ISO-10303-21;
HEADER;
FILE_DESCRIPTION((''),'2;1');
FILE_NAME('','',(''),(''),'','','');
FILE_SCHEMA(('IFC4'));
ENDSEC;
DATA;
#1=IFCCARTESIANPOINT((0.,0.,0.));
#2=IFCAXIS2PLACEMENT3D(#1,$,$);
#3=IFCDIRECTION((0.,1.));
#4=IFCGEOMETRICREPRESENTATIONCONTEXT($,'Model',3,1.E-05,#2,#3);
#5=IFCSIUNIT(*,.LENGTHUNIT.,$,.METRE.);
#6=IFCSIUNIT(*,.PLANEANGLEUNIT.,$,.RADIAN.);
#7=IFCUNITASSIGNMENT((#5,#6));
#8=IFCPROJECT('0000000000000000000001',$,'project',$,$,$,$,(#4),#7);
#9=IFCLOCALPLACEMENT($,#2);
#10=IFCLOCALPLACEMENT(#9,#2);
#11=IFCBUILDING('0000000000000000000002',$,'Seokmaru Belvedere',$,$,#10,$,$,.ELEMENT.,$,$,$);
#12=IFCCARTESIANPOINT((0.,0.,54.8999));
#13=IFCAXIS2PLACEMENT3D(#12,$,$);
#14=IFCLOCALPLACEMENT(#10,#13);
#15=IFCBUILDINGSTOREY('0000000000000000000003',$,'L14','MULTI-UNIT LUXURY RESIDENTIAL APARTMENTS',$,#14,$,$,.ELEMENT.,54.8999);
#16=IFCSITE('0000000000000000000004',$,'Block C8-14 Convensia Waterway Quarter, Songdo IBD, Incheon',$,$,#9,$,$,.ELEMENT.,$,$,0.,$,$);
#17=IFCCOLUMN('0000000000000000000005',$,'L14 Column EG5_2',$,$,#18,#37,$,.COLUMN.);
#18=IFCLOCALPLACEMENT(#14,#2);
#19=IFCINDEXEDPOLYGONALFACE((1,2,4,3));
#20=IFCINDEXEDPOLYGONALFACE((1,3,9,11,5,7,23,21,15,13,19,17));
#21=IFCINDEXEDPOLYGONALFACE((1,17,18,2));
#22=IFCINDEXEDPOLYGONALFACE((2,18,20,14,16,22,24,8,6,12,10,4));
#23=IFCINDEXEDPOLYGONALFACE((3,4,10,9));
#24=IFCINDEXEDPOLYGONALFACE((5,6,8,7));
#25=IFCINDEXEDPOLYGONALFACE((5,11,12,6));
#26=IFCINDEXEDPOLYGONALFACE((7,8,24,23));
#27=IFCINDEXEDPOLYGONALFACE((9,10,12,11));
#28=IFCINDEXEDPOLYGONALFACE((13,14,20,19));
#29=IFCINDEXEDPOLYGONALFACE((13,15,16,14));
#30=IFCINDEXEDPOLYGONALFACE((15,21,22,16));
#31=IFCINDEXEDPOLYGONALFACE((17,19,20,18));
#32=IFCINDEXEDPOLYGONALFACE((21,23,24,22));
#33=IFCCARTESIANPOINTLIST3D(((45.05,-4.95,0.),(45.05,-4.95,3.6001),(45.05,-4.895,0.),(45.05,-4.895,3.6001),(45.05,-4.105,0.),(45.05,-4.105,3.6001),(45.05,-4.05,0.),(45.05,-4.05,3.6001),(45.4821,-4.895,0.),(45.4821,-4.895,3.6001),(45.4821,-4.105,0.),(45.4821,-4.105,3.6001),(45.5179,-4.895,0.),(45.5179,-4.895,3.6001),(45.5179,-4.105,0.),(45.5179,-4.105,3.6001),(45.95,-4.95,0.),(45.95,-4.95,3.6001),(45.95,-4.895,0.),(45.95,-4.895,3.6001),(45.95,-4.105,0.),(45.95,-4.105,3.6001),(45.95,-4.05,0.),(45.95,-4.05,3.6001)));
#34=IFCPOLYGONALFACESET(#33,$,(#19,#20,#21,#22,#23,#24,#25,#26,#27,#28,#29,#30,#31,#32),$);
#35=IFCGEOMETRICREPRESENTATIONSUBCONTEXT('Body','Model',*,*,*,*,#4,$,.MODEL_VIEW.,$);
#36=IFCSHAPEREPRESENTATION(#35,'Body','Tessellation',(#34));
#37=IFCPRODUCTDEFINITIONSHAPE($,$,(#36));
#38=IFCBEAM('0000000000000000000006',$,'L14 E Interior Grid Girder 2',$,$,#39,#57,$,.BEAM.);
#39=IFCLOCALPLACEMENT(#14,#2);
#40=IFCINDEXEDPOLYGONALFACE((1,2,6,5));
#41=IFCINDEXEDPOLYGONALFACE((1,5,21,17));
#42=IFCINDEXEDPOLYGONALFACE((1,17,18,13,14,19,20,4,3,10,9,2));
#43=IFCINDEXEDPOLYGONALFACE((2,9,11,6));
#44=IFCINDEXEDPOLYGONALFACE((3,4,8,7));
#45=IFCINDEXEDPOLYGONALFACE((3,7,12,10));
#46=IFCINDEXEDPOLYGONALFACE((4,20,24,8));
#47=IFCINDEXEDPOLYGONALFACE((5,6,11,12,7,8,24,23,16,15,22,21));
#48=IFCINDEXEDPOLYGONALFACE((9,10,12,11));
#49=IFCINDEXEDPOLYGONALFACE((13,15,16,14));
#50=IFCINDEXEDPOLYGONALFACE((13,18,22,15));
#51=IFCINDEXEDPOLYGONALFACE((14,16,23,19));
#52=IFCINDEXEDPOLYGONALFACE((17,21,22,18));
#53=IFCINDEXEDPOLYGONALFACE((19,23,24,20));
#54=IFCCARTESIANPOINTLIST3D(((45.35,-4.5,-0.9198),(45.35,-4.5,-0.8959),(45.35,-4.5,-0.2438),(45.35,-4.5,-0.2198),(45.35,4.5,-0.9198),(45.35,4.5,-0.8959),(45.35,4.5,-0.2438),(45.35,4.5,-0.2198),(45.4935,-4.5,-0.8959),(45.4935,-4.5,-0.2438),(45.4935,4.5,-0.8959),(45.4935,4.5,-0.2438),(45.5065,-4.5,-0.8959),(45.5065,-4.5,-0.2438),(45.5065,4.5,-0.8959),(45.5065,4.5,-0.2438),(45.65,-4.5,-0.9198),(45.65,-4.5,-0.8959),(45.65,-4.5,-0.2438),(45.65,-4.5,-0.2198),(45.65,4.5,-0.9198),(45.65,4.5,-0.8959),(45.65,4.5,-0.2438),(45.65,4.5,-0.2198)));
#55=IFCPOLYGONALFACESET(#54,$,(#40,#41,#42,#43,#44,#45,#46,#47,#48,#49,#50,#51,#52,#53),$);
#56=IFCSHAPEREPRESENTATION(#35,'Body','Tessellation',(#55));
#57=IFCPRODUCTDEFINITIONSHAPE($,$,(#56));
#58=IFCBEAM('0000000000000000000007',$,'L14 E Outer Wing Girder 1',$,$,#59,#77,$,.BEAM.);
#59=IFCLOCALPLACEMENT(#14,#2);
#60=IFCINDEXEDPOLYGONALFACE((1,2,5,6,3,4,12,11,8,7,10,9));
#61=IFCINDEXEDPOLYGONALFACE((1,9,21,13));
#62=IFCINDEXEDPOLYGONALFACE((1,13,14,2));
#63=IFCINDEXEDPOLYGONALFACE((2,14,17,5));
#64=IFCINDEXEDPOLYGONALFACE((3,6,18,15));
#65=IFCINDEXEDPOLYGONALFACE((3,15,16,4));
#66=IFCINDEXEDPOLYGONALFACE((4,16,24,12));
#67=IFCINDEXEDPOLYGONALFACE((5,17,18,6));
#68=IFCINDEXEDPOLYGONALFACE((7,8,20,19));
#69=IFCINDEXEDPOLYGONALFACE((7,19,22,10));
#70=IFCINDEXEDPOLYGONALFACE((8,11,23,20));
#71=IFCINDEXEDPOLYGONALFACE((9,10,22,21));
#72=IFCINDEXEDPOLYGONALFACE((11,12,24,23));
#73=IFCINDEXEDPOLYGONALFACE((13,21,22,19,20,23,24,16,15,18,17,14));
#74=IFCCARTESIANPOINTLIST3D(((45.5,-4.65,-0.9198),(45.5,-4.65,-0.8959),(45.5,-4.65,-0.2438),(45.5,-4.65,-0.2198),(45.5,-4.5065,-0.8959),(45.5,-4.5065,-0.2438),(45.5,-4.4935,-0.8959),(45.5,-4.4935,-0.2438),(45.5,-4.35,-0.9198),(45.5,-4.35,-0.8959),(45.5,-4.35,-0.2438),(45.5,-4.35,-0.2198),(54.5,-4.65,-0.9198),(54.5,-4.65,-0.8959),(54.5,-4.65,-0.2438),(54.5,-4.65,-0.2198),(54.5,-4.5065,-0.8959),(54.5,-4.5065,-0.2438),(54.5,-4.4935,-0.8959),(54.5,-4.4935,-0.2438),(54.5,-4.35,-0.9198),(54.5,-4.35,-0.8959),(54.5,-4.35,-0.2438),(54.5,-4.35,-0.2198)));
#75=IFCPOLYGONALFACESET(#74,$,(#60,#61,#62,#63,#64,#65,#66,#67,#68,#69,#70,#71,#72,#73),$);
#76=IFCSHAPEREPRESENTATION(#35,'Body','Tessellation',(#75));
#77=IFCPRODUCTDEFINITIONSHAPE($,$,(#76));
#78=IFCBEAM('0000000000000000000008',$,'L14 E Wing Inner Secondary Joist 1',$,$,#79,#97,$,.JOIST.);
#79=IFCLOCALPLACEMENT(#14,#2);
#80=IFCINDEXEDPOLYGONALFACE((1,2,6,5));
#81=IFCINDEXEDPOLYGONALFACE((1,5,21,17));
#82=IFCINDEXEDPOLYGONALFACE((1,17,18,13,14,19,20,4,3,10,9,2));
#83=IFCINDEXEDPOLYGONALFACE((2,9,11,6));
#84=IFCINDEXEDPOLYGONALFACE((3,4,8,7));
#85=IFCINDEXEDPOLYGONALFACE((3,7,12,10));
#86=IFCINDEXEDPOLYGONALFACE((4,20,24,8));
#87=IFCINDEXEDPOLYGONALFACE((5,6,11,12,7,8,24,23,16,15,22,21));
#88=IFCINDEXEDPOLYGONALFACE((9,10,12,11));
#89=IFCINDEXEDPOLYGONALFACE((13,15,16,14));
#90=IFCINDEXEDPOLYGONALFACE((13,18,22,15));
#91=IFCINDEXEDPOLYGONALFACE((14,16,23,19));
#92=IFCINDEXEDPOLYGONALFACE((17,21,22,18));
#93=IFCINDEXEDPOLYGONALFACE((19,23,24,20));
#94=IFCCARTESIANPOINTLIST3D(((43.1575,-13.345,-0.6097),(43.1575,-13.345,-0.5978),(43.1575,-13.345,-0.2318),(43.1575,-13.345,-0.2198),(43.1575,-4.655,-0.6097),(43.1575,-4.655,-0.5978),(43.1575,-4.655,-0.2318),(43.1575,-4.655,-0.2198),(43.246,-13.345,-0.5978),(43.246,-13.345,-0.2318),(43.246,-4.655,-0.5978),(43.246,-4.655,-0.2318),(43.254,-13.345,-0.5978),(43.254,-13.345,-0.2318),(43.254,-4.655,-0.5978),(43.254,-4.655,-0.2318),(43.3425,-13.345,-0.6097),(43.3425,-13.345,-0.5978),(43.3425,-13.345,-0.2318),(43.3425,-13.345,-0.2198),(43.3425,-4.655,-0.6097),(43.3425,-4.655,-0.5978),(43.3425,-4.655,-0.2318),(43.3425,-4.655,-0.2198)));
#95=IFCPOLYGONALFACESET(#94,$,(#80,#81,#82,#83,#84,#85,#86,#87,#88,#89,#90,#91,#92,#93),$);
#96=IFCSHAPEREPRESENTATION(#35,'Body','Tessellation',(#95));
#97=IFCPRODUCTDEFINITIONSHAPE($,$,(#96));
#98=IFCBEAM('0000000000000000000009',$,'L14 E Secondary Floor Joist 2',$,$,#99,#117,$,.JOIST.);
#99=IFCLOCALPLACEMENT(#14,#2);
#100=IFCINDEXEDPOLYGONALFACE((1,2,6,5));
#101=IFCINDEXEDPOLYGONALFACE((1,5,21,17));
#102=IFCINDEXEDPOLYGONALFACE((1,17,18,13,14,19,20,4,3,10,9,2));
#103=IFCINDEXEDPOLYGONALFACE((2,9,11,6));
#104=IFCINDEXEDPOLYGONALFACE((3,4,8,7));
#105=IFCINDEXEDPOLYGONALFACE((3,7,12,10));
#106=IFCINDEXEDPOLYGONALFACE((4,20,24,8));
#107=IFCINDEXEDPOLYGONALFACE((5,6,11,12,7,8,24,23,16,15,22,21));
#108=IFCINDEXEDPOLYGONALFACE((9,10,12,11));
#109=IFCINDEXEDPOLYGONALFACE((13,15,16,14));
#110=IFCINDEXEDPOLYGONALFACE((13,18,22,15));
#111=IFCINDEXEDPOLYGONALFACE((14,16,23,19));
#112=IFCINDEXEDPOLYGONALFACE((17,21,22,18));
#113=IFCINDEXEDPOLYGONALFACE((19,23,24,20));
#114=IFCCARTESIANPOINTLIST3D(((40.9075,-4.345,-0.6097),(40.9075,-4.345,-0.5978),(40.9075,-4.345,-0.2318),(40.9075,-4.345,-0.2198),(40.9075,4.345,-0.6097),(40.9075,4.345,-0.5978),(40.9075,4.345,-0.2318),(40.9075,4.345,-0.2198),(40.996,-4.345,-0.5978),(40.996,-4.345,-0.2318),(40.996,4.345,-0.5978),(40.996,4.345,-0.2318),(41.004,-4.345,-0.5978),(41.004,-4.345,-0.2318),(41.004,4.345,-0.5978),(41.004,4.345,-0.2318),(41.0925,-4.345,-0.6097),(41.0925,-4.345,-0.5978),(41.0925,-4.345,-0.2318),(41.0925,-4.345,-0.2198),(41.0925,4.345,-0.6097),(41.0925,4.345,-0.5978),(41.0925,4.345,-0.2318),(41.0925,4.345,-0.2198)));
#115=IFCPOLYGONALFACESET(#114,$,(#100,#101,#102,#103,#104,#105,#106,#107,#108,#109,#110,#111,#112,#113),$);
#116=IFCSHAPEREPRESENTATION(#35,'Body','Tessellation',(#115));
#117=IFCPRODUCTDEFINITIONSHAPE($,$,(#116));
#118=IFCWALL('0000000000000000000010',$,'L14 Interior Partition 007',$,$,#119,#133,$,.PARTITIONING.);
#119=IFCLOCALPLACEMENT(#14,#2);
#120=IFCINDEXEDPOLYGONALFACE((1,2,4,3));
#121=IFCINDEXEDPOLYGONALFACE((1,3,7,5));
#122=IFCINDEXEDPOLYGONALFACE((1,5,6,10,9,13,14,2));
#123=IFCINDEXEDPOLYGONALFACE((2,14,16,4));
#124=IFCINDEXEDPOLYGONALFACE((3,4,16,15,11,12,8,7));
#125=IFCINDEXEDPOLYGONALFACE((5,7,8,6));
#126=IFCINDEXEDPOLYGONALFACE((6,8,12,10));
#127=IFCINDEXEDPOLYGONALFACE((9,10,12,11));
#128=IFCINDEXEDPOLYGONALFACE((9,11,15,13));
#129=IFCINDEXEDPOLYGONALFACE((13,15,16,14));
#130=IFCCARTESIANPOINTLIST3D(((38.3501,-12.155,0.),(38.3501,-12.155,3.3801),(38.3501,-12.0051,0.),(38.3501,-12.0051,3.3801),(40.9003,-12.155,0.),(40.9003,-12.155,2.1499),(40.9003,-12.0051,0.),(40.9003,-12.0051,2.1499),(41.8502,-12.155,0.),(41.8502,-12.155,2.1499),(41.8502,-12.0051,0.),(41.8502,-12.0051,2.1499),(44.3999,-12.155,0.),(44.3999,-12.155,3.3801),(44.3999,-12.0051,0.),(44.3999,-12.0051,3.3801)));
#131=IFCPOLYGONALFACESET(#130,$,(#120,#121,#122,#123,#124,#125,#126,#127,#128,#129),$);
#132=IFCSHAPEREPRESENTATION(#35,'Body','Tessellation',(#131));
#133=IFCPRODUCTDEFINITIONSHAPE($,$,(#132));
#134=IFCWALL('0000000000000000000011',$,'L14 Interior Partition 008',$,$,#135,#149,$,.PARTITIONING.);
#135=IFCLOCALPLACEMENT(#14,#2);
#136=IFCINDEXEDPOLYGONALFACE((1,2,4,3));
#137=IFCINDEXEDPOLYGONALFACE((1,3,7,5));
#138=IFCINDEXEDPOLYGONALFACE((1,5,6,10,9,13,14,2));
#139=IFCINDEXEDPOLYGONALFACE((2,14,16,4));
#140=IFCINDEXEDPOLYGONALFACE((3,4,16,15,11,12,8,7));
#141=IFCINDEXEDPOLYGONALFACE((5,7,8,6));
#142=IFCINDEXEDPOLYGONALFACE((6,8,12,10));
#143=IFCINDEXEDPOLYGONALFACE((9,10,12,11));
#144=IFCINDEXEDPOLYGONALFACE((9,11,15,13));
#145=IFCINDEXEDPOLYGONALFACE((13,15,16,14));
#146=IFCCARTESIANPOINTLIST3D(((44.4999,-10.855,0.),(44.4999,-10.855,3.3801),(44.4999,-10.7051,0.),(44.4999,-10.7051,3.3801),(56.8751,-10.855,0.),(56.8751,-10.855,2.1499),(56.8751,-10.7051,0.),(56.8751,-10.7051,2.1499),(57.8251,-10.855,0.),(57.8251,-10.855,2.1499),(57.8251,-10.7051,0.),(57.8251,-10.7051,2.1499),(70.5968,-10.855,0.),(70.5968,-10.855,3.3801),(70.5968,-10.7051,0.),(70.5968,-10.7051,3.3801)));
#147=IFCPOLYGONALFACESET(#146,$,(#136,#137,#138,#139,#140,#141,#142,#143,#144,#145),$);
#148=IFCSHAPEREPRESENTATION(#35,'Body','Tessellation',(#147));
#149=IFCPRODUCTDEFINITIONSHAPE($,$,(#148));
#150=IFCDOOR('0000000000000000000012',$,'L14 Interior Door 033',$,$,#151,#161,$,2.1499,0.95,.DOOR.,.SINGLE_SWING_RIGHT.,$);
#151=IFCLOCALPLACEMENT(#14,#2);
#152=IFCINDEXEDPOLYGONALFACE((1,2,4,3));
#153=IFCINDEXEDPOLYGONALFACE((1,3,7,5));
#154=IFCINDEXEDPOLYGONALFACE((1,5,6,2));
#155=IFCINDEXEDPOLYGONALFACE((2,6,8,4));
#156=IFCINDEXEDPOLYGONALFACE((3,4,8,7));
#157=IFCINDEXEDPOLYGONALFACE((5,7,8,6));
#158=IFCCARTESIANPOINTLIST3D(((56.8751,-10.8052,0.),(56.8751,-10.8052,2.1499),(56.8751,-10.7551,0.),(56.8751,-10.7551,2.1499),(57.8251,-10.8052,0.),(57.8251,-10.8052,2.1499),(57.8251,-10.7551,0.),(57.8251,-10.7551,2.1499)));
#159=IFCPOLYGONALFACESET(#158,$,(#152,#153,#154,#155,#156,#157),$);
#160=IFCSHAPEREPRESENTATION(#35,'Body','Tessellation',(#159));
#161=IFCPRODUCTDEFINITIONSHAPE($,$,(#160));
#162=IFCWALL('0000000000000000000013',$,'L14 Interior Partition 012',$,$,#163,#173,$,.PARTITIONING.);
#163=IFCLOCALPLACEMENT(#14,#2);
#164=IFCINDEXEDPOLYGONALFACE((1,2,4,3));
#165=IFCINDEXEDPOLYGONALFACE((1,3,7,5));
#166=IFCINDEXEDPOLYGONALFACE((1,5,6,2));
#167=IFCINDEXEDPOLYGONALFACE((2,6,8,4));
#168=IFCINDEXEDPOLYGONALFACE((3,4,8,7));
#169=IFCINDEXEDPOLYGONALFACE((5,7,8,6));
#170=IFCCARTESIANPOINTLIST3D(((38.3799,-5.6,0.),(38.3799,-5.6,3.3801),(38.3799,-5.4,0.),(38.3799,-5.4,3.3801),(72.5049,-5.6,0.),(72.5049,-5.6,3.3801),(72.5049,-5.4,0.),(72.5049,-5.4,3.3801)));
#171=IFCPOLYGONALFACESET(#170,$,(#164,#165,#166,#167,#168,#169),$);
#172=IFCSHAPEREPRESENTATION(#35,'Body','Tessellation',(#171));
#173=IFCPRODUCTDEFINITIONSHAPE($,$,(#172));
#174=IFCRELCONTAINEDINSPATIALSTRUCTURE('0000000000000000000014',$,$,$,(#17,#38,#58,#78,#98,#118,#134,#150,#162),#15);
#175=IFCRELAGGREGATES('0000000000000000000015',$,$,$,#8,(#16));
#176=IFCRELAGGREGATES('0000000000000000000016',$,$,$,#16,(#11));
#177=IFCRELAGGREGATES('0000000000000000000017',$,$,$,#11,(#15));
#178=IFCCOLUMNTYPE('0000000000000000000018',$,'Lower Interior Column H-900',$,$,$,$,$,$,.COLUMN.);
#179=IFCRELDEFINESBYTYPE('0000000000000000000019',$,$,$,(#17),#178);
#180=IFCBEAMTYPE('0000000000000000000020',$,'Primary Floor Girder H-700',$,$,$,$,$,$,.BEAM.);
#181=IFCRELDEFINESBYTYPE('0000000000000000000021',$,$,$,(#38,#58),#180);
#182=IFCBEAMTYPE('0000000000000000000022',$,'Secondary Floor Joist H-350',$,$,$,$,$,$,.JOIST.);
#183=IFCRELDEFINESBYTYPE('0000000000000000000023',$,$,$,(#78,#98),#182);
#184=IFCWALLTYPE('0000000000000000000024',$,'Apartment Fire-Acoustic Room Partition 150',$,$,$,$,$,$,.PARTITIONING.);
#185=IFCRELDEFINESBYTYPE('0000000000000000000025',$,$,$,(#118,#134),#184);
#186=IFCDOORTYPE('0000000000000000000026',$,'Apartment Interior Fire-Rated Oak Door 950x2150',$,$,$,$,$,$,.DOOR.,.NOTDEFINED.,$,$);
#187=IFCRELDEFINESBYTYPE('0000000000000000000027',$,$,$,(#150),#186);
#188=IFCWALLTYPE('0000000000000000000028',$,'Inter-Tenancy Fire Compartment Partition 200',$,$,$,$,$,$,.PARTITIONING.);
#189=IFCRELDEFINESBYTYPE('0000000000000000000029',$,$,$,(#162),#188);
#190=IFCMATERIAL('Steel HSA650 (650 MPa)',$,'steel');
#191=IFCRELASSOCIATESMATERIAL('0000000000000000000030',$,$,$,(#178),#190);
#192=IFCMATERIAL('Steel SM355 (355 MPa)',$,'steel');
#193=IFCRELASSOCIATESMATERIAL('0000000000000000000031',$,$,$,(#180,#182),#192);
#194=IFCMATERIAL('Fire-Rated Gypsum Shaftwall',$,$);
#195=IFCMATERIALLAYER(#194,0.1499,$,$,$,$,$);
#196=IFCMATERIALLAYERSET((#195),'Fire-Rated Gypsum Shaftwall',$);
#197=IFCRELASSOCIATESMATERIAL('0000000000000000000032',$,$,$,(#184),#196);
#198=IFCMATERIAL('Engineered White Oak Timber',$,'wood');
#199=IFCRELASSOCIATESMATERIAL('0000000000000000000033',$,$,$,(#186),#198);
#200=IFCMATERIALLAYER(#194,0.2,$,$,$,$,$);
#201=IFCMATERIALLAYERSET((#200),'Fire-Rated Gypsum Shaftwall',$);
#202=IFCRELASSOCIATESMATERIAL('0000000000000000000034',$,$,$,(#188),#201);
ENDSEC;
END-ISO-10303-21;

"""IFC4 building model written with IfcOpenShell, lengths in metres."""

from ifc_helpers import new_model, si_unit, direction, frame, frame_2d, origin, origin_2d, place, context, subcontext, project, spatial, rectangle, i_section, extrude, source, transform, mapped, material, layer, layer_set, material_profile, profile_set, type_object, type_shapes, element, fill, save


model = new_model("IFC4")

# Units and contexts
model_context = context("Model", 3, precision=1e-05, world=origin(), true_north=direction((0.0, 1.0)))
body_context = subcontext(model_context, "Body", "Model", "MODEL_VIEW")
ifc_project = project(units=[si_unit("LENGTHUNIT", "METRE"), si_unit("PLANEANGLEUNIT", "RADIAN")], contexts=[model_context])

# Site, building, storey
site_placement = place(None, origin())
site = spatial("IfcSite", under=ifc_project, at=site_placement, Name="Block C8-14 Convensia Waterway Quarter, Songdo IBD, Incheon", CompositionType="ELEMENT", RefElevation=0.0)
building_placement = place(site_placement, origin())
building = spatial("IfcBuilding", under=site, at=building_placement, Name="Seokmaru Belvedere", CompositionType="ELEMENT")
storey_placement = place(building_placement, frame((0.0, 0.0, 54.8999)))
storey = spatial("IfcBuildingStorey", under=building, at=storey_placement, Name="L14", Description="MULTI-UNIT LUXURY RESIDENTIAL APARTMENTS", CompositionType="ELEMENT", Elevation=54.8999)

# Column
ifc_material_1 = material(Name="Steel HSA650 (650 MPa)", Category="steel")
ifc_material_profile_1 = material_profile(ifc_material_1, i_section(OverallWidth=0.8999, OverallDepth=0.8999, WebThickness=0.0359, FlangeThickness=0.0549, at=origin_2d()), Name="H-900x900x36x55")
ifc_profile_set_1 = profile_set([ifc_material_profile_1], Name="Steel HSA650 (650 MPa)")
column_type = type_object("IfcColumnType", Name="Lower Interior Column H-900", PredefinedType="COLUMN", material=ifc_profile_set_1)
shared_shape_1 = source(origin(), body_context, "Body", "SweptSolid", [
    extrude(i_section(OverallWidth=0.8999, OverallDepth=0.8999, WebThickness=0.0359, FlangeThickness=0.0549, at=origin_2d()), origin(), (0.0, 0.0, 1.0), 3.6001),
])
type_shapes(column_type, [shared_shape_1])
column_placement = place(storey_placement, frame((45.5, -4.5, 0.0), z_axis=(0.0, 0.0, 1.0), x_axis=(1.0, 0.0, 0.0)))
element("IfcColumn", 1, at=column_placement, inside=storey, type_object=column_type, Name="L14 Column EG5_2", PredefinedType="COLUMN", context=body_context, shape_type="MappedRepresentation", body=[
    mapped(shared_shape_1, transform((0.0, 0.0, 0.0), scale=1.0)),
])

# Beams
ifc_material_2 = material(Name="Steel SM355 (355 MPa)", Category="steel")
ifc_material_profile_2 = material_profile(ifc_material_2, i_section(OverallWidth=0.3, OverallDepth=0.7, WebThickness=0.0129, FlangeThickness=0.0239, at=origin_2d()), Name="H-700x300x13x24")
ifc_profile_set_2 = profile_set([ifc_material_profile_2], Name="Steel SM355 (355 MPa)")
beam_type_1 = type_object("IfcBeamType", Name="Primary Floor Girder H-700", PredefinedType="BEAM", material=ifc_profile_set_2)
shared_shape_2 = source(origin(), body_context, "Body", "SweptSolid", [
    extrude(i_section(OverallWidth=0.3, OverallDepth=0.7, WebThickness=0.0129, FlangeThickness=0.0239, at=origin_2d()), origin(), (0.0, 0.0, 1.0), 9.0),
])
type_shapes(beam_type_1, [shared_shape_2])
for number, where, z_axis, x_axis, name in (
    (2, (45.5, -4.5, -0.5698), (0.0, 1.0, 0.0), (-1.0, 0.0, 0.0), "L14 E Interior Grid Girder 2"),
    (3, (45.5, -4.5, -0.5698), (1.0, 0.0, 0.0), (0.0, 1.0, 0.0), "L14 E Outer Wing Girder 1"),
):
    element("IfcBeam", number, at=place(storey_placement, frame(where, z_axis=z_axis, x_axis=x_axis)), inside=storey, type_object=beam_type_1, Name=name, PredefinedType="BEAM", context=body_context, shape_type="MappedRepresentation", body=[
        mapped(shared_shape_2, transform((0.0, 0.0, 0.0), scale=1.0)),
    ])
ifc_material_profile_3 = material_profile(ifc_material_2, i_section(OverallWidth=0.1851, OverallDepth=0.3899, WebThickness=0.0081, FlangeThickness=0.012, at=origin_2d()), Name="H-390x185x8x12")
ifc_profile_set_3 = profile_set([ifc_material_profile_3], Name="Steel SM355 (355 MPa)")
beam_type_2 = type_object("IfcBeamType", Name="Secondary Floor Joist H-350", PredefinedType="JOIST", material=ifc_profile_set_3)
shared_shape_3 = source(origin(), body_context, "Body", "SweptSolid", [
    extrude(i_section(OverallWidth=0.1851, OverallDepth=0.3899, WebThickness=0.0081, FlangeThickness=0.012, at=origin_2d()), origin(), (0.0, 0.0, 1.0), 8.6899),
])
type_shapes(beam_type_2, [shared_shape_3])
for number, where, z_axis, x_axis, name in (
    (4, (43.25, -13.345, -0.4148), (0.0, 1.0, 0.0), (-1.0, 0.0, 0.0), "L14 E Wing Inner Secondary Joist 1"),
    (5, (41.0, -4.345, -0.4148), (0.0, 1.0, 0.0), (-1.0, 0.0, 0.0), "L14 E Secondary Floor Joist 2"),
):
    element("IfcBeam", number, at=place(storey_placement, frame(where, z_axis=z_axis, x_axis=x_axis)), inside=storey, type_object=beam_type_2, Name=name, PredefinedType="JOIST", context=body_context, shape_type="MappedRepresentation", body=[
        mapped(shared_shape_3, transform((0.0, 0.0, 0.0), scale=1.0)),
    ])

# Wall, opening
ifc_material_3 = material(Name="Fire-Rated Gypsum Shaftwall")
ifc_layer_1 = layer(ifc_material_3, 0.1499)
ifc_layer_set_1 = layer_set([ifc_layer_1], Name="Fire-Rated Gypsum Shaftwall")
wall_type_1 = type_object("IfcWallType", Name="Apartment Fire-Acoustic Room Partition 150", PredefinedType="PARTITIONING", material=ifc_layer_set_1)
wall_1_placement = place(storey_placement, frame((38.3501, -12.0801, 0.0), z_axis=(0.0, 0.0, 1.0), x_axis=(1.0, 0.0, 0.0)))
wall_1 = element("IfcWall", 6, at=wall_1_placement, inside=storey, type_object=wall_type_1, Name="L14 Interior Partition 007", PredefinedType="PARTITIONING", context=body_context, shape_type="SweptSolid", body=[
    extrude(rectangle(XDim=6.0498, YDim=0.1499, at=frame_2d((3.0249, 0.0))), origin(), (0.0, 0.0, 1.0), 3.3801),
])
opening_1_placement = place(wall_1_placement, frame((2.55, 0.0, 0.0)))
element("IfcOpeningElement", 7, at=opening_1_placement, cuts=wall_1, PredefinedType="OPENING", context=body_context, shape_type="SweptSolid", body=[
    extrude(rectangle(XDim=0.95, YDim=2.1499, at=frame_2d((0.4751, 1.075))), frame((0.0, 0.085, 0.0), z_axis=(0.0, -1.0, 0.0), x_axis=(1.0, 0.0, 0.0)), (0.0, 0.0, 1.0), 0.1699),
])

# Wall, opening, door
wall_2_placement = place(storey_placement, frame((44.5, -10.78, 0.0), z_axis=(0.0, 0.0, 1.0), x_axis=(1.0, 0.0, 0.0)))
wall_2 = element("IfcWall", 8, at=wall_2_placement, inside=storey, type_object=wall_type_1, Name="L14 Interior Partition 008", PredefinedType="PARTITIONING", context=body_context, shape_type="SweptSolid", body=[
    extrude(rectangle(XDim=26.0969, YDim=0.1499, at=frame_2d((13.0483, 0.0))), origin(), (0.0, 0.0, 1.0), 3.3801),
])
opening_2_placement = place(wall_2_placement, frame((12.375, 0.0, 0.0)))
opening_2 = element("IfcOpeningElement", 9, at=opening_2_placement, cuts=wall_2, PredefinedType="OPENING", context=body_context, shape_type="SweptSolid", body=[
    extrude(rectangle(XDim=0.95, YDim=2.1499, at=frame_2d((0.4751, 1.075))), frame((0.0, 0.085, 0.0), z_axis=(0.0, -1.0, 0.0), x_axis=(1.0, 0.0, 0.0)), (0.0, 0.0, 1.0), 0.1699),
])
ifc_material_4 = material(Name="Engineered White Oak Timber", Category="wood")
door_type_1 = type_object("IfcDoorType", Name="Apartment Interior Fire-Rated Oak Door 950x2150", OperationType="NOTDEFINED", PredefinedType="DOOR", material=ifc_material_4)
shared_shape_4 = source(origin(), body_context, "Body", "SweptSolid", [
    extrude(rectangle(XDim=0.95, YDim=2.1499, at=frame_2d((0.4751, 1.075))), frame((0.0, 0.0249, 0.0), z_axis=(0.0, -1.0, 0.0), x_axis=(1.0, 0.0, 0.0)), (0.0, 0.0, 1.0), 0.05),
])
type_shapes(door_type_1, [shared_shape_4])
door_1_placement = place(opening_2_placement, origin())
door_1 = element("IfcDoor", 10, at=door_1_placement, inside=storey, type_object=door_type_1, Name="L14 Interior Door 033", OperationType="SINGLE_SWING_RIGHT", OverallHeight=2.1499, OverallWidth=0.95, PredefinedType="DOOR", context=body_context, shape_type="MappedRepresentation", body=[
    mapped(shared_shape_4, transform((0.0, 0.0, 0.0), scale=1.0)),
])
fill(opening_2, door_1)

# Wall
ifc_layer_2 = layer(ifc_material_3, 0.2)
ifc_layer_set_2 = layer_set([ifc_layer_2], Name="Fire-Rated Gypsum Shaftwall")
wall_type_2 = type_object("IfcWallType", Name="Inter-Tenancy Fire Compartment Partition 200", PredefinedType="PARTITIONING", material=ifc_layer_set_2)
wall_3_placement = place(storey_placement, frame((38.3799, -5.5, 0.0), z_axis=(0.0, 0.0, 1.0), x_axis=(1.0, 0.0, 0.0)))
element("IfcWall", 11, at=wall_3_placement, inside=storey, type_object=wall_type_2, Name="L14 Interior Partition 012", PredefinedType="PARTITIONING", context=body_context, shape_type="SweptSolid", body=[
    extrude(rectangle(XDim=34.125, YDim=0.2, at=frame_2d((17.0625, 0.0))), origin(), (0.0, 0.0, 1.0), 3.3801),
])

save(model, "model.ifc")
